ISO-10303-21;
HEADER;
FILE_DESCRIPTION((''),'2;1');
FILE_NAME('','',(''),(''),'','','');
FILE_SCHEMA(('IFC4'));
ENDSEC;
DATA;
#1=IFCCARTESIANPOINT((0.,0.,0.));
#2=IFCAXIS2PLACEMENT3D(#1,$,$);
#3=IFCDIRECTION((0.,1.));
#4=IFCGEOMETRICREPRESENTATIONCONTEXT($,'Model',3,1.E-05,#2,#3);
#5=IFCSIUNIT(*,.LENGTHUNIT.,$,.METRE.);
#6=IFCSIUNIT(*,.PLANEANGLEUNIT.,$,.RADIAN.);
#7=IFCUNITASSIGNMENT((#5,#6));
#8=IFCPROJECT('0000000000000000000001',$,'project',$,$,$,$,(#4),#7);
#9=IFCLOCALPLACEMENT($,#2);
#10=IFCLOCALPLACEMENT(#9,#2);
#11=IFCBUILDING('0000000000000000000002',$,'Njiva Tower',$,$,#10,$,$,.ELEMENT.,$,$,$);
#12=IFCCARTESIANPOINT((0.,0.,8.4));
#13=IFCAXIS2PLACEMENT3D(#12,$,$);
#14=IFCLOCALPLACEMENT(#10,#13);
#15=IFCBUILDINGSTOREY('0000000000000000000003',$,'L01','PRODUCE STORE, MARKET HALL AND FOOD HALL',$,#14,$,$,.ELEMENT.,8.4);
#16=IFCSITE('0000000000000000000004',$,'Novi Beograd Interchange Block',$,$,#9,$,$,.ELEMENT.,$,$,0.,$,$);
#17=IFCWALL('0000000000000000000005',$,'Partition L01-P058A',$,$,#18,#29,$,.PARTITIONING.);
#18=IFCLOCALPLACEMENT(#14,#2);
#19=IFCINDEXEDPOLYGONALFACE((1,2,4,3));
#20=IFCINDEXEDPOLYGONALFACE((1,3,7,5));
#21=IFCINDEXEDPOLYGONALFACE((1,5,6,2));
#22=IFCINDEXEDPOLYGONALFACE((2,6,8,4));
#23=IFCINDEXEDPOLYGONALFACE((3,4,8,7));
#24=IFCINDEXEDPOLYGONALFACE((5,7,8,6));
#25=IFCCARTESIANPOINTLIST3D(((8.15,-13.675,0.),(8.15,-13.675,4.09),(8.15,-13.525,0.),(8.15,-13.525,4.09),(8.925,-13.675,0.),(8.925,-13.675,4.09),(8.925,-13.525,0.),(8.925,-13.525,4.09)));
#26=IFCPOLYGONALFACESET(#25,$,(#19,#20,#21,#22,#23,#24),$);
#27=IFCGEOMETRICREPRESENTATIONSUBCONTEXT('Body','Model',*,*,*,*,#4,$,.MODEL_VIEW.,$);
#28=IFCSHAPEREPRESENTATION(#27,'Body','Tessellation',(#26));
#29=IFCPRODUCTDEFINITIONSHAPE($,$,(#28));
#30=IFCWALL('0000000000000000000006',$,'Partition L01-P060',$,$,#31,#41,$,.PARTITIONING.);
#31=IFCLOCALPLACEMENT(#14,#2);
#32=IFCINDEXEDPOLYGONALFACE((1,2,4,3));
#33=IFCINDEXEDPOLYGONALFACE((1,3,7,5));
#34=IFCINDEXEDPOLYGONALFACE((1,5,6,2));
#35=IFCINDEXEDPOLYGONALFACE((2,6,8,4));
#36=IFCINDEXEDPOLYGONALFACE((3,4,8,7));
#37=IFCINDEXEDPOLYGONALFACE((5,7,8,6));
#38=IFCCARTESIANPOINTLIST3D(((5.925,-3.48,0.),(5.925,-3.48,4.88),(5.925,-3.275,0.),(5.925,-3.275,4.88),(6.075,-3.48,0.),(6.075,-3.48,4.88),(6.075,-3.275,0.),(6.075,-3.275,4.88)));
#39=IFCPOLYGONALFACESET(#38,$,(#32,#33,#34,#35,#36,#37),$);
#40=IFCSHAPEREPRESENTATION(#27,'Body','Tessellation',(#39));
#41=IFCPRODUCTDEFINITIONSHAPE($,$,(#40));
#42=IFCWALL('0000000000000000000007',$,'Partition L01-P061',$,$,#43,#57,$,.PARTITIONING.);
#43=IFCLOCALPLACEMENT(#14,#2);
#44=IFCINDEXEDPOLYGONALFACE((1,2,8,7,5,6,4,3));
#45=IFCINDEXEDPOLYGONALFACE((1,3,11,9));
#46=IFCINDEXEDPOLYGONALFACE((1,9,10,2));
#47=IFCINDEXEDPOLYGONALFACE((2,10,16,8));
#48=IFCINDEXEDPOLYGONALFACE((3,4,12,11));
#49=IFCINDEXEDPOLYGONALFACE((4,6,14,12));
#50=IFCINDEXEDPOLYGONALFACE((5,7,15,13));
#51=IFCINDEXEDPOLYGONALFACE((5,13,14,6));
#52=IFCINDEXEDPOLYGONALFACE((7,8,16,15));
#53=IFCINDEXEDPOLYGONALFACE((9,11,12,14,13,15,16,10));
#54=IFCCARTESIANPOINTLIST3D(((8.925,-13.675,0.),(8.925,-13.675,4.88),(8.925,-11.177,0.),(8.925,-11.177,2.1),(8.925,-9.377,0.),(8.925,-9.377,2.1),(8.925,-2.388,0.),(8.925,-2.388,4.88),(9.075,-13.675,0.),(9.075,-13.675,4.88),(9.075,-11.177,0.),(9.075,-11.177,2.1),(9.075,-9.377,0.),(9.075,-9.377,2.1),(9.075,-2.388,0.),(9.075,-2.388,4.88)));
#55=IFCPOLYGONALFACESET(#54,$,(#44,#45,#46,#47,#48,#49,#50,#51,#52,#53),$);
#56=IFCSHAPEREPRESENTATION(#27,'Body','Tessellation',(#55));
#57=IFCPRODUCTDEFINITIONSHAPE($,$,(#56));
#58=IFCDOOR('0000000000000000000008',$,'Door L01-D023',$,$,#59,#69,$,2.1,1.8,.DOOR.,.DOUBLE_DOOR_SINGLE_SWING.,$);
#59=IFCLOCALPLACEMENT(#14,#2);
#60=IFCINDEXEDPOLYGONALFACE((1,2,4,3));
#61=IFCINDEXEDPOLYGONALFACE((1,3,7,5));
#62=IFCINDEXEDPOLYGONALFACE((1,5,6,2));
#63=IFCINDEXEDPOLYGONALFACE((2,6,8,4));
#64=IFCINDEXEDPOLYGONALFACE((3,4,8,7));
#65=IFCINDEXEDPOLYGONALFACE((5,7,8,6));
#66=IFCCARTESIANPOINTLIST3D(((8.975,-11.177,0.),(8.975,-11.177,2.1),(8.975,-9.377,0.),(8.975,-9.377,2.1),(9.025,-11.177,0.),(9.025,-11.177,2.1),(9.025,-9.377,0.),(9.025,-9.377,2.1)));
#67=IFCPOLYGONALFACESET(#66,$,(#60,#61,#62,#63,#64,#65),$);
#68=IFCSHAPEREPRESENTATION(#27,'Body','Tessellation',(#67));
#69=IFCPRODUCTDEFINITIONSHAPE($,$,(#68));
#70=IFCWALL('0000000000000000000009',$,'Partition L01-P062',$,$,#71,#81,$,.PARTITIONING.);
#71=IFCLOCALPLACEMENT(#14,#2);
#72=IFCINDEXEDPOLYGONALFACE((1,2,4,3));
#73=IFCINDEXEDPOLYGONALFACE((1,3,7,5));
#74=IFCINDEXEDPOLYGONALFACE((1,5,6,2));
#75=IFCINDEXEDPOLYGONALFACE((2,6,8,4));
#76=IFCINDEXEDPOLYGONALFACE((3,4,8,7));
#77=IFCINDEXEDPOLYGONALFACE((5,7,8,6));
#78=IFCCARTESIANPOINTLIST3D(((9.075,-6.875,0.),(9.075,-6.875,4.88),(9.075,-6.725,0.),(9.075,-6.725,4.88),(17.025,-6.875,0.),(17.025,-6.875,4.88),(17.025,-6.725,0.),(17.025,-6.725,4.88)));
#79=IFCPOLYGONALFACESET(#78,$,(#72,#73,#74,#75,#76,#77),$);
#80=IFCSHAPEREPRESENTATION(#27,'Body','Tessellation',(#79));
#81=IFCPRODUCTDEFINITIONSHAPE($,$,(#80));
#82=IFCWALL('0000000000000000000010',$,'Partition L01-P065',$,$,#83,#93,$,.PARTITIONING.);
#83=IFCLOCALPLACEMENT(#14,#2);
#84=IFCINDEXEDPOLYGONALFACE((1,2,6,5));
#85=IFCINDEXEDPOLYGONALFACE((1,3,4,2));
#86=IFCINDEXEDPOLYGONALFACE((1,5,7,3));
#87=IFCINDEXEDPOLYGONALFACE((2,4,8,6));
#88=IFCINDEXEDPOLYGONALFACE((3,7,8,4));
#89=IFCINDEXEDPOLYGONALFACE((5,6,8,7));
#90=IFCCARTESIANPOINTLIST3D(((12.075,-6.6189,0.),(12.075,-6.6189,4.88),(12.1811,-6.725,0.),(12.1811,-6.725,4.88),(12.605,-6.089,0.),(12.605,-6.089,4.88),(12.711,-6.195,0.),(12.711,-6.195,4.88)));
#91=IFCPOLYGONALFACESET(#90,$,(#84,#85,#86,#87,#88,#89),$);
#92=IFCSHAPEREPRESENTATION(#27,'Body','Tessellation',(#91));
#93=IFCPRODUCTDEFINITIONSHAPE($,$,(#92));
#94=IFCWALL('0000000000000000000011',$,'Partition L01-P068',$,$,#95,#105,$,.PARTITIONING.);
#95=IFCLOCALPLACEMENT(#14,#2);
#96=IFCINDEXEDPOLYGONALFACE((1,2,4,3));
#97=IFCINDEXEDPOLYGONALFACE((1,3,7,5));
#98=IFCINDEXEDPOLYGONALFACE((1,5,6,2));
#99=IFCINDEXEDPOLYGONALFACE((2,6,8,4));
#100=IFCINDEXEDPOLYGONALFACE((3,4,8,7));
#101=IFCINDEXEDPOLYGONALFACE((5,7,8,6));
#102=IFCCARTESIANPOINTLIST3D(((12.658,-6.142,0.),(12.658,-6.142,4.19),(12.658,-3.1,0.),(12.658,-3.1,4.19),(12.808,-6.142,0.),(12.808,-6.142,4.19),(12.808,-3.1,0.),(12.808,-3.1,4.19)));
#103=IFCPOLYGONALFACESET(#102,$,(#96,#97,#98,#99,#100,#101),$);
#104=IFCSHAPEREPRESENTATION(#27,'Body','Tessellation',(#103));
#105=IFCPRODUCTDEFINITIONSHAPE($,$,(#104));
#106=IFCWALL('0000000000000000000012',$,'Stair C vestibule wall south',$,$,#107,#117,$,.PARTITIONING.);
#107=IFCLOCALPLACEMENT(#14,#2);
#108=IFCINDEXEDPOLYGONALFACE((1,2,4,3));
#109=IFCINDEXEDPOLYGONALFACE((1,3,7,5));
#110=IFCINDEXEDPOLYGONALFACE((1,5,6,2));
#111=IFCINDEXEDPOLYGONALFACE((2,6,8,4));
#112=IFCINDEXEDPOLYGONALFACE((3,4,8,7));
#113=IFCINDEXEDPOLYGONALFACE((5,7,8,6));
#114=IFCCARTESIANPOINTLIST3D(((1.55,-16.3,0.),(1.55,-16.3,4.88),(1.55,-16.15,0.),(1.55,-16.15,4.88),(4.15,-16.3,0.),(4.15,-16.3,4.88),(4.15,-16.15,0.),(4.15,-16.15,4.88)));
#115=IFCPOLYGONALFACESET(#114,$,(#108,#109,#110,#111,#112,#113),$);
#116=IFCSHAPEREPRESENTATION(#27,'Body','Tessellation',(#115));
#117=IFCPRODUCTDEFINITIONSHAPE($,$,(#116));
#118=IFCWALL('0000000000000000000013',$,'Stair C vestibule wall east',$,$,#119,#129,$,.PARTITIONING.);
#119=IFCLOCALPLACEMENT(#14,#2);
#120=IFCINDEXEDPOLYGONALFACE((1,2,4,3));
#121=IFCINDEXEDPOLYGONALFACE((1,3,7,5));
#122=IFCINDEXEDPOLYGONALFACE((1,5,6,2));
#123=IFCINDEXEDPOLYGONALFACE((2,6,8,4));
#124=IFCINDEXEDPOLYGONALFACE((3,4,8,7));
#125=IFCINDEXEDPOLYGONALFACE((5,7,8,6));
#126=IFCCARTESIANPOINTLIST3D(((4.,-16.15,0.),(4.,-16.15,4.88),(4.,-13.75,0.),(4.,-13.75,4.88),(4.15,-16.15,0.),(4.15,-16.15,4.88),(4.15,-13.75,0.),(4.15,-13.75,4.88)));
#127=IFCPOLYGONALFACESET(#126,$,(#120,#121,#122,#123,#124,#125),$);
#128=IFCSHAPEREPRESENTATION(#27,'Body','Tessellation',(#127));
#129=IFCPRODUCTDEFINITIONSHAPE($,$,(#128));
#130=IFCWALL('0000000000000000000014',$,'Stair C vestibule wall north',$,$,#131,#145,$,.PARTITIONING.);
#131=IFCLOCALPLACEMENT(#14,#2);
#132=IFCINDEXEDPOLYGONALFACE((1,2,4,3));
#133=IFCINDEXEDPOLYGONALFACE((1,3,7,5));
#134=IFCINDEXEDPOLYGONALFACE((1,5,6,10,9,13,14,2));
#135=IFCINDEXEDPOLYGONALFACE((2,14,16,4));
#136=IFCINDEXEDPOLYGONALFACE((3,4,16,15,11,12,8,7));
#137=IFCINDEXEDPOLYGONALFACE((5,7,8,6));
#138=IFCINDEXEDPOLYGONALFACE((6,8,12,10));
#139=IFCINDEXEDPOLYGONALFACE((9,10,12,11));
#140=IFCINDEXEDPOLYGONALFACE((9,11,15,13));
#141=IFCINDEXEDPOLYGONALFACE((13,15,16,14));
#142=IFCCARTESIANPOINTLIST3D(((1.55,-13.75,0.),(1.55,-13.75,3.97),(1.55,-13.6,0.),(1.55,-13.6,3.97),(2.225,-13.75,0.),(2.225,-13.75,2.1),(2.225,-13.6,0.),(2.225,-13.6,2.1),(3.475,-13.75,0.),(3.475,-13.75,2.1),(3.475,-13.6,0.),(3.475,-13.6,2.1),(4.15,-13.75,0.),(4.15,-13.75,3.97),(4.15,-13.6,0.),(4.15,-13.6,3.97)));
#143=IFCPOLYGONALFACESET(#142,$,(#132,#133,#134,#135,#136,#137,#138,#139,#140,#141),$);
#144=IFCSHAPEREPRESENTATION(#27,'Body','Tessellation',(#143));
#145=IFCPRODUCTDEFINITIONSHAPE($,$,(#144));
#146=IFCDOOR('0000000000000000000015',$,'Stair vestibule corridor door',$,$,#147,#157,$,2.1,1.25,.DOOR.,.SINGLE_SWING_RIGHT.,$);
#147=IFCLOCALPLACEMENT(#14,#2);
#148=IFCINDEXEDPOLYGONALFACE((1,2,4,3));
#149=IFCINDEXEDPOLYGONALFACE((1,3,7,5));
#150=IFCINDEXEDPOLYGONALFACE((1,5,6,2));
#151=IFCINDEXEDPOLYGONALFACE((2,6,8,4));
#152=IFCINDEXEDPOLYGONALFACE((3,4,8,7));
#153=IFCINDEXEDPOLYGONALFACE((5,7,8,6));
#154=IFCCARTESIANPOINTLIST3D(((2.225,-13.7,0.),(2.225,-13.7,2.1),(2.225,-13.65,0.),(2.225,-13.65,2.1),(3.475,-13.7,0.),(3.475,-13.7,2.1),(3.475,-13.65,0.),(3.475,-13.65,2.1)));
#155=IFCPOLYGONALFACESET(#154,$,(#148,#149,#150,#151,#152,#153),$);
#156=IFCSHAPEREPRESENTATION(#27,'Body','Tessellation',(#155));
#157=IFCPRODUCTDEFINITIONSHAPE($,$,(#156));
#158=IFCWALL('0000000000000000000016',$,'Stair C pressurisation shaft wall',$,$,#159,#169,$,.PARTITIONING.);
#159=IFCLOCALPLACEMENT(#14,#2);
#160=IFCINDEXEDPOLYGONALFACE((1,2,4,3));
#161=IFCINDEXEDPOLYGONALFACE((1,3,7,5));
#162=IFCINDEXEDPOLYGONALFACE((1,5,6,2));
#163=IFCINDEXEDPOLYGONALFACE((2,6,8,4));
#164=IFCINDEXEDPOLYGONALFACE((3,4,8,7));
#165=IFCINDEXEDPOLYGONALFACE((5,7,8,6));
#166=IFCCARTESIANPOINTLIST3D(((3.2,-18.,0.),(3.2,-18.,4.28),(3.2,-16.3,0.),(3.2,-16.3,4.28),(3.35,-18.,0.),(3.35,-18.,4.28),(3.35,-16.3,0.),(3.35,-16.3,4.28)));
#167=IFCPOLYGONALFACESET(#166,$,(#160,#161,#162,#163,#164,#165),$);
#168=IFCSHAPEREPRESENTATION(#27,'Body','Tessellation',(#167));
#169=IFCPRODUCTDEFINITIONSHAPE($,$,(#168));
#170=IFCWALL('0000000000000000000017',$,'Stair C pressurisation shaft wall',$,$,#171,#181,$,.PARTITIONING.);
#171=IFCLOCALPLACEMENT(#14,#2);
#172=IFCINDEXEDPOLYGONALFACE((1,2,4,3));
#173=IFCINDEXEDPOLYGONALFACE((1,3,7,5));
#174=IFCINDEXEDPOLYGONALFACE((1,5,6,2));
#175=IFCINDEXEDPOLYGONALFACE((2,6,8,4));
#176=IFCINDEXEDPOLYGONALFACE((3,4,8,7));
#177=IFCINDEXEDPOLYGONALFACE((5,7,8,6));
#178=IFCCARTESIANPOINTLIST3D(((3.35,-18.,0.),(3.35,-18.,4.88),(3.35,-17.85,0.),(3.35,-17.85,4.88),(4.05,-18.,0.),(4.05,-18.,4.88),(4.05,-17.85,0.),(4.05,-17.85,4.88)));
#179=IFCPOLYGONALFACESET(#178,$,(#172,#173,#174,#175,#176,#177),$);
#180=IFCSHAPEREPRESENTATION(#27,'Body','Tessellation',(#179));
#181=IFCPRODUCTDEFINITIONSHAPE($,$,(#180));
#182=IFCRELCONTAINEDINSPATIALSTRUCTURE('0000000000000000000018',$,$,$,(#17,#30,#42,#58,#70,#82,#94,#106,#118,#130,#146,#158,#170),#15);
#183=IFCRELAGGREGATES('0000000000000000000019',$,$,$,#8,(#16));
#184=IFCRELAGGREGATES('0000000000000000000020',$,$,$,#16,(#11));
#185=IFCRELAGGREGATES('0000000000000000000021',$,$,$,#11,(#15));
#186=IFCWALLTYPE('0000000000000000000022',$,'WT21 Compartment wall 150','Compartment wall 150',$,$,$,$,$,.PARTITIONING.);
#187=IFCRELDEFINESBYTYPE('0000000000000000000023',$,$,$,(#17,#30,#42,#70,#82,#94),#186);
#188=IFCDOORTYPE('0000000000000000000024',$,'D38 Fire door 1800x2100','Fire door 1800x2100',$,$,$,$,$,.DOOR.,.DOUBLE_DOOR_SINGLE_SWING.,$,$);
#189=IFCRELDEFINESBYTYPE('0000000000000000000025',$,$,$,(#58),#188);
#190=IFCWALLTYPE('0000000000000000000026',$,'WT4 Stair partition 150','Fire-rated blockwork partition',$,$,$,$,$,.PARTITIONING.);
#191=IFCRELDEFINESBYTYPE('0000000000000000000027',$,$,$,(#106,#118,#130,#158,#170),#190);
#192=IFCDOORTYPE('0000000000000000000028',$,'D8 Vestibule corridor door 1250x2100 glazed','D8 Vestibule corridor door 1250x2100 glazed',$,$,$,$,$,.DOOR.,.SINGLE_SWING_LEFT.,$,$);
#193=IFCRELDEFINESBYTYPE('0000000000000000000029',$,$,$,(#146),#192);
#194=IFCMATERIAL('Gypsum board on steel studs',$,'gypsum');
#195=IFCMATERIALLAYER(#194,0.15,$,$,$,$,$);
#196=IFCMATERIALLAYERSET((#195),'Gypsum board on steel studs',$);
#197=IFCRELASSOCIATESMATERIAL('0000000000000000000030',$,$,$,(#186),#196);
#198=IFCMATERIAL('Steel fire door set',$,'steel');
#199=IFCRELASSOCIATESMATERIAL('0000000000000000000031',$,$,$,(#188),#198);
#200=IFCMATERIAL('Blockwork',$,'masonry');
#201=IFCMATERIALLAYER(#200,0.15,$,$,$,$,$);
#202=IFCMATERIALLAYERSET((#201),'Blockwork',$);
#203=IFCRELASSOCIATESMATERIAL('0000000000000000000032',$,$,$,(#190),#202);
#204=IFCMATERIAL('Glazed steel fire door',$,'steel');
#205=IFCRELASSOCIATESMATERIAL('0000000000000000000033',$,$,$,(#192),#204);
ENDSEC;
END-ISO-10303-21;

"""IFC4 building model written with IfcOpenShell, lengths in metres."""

from ifc_helpers import new_model, si_unit, direction, frame, frame_2d, origin, place, context, subcontext, project, spatial, rectangle, extrude, material, layer, layer_set, type_object, element, fill, save


model = new_model("IFC4")

# Units and contexts
model_context = context("Model", 3, precision=1e-05, world=origin(), true_north=direction((0.0, 1.0)))
body_context = subcontext(model_context, "Body", "Model", "MODEL_VIEW")
ifc_project = project(units=[si_unit("LENGTHUNIT", "METRE"), si_unit("PLANEANGLEUNIT", "RADIAN")], contexts=[model_context])

# Site, building, storey
site_placement = place(None, origin())
site = spatial("IfcSite", under=ifc_project, at=site_placement, Name="Novi Beograd Interchange Block", CompositionType="ELEMENT", RefElevation=0.0)
building_placement = place(site_placement, origin())
building = spatial("IfcBuilding", under=site, at=building_placement, Name="Njiva Tower", CompositionType="ELEMENT")
storey_placement = place(building_placement, frame((0.0, 0.0, 8.4)))
storey = spatial("IfcBuildingStorey", under=building, at=storey_placement, Name="L01", Description="PRODUCE STORE, MARKET HALL AND FOOD HALL", CompositionType="ELEMENT", Elevation=8.4)

# Walls
ifc_material_1 = material(Name="Gypsum board on steel studs", Category="gypsum")
ifc_layer_1 = layer(ifc_material_1, 0.15)
ifc_layer_set_1 = layer_set([ifc_layer_1], Name="Gypsum board on steel studs")
wall_type_1 = type_object("IfcWallType", Name="WT21 Compartment wall 150", Description="Compartment wall 150", PredefinedType="PARTITIONING", material=ifc_layer_set_1)
wall_1_placement = place(storey_placement, frame((8.15, -13.6, 0.0), z_axis=(0.0, 0.0, 1.0), x_axis=(1.0, 0.0, 0.0)))
element("IfcWall", 1, at=wall_1_placement, inside=storey, type_object=wall_type_1, Name="Partition L01-P058A", PredefinedType="PARTITIONING", context=body_context, shape_type="SweptSolid", body=[
    extrude(rectangle(XDim=0.775, YDim=0.15, at=frame_2d((0.3875, 0.0))), origin(), (0.0, 0.0, 1.0), 4.09),
])
wall_2_placement = place(storey_placement, frame((6.0, -3.48, 0.0), z_axis=(0.0, 0.0, 1.0), x_axis=(0.0, 1.0, 0.0)))
element("IfcWall", 2, at=wall_2_placement, inside=storey, type_object=wall_type_1, Name="Partition L01-P060", PredefinedType="PARTITIONING", context=body_context, shape_type="SweptSolid", body=[
    extrude(rectangle(XDim=0.205, YDim=0.15, at=frame_2d((0.1025, 0.0))), origin(), (0.0, 0.0, 1.0), 4.88),
])

# Wall, opening, door
wall_3_placement = place(storey_placement, frame((9.0, -13.675, 0.0), z_axis=(0.0, 0.0, 1.0), x_axis=(0.0, 1.0, 0.0)))
wall_3 = element("IfcWall", 3, at=wall_3_placement, inside=storey, type_object=wall_type_1, Name="Partition L01-P061", PredefinedType="PARTITIONING", context=body_context, shape_type="SweptSolid", body=[
    extrude(rectangle(XDim=11.287, YDim=0.15, at=frame_2d((5.6435, 0.0))), origin(), (0.0, 0.0, 1.0), 4.88),
])
opening_1_placement = place(wall_3_placement, frame((2.498, 0.0, 0.0)))
opening_1 = element("IfcOpeningElement", 4, at=opening_1_placement, cuts=wall_3, PredefinedType="OPENING", context=body_context, shape_type="SweptSolid", body=[
    extrude(rectangle(XDim=1.8, YDim=2.1, at=frame_2d((0.9, 1.05))), frame((0.0, 0.085, 0.0), z_axis=(0.0, -1.0, 0.0), x_axis=(1.0, 0.0, 0.0)), (0.0, 0.0, 1.0), 0.17),
])
ifc_material_2 = material(Name="Steel fire door set", Category="steel")
door_type_1 = type_object("IfcDoorType", Name="D38 Fire door 1800x2100", Description="Fire door 1800x2100", OperationType="DOUBLE_DOOR_SINGLE_SWING", PredefinedType="DOOR", material=ifc_material_2)
door_1_placement = place(opening_1_placement, origin())
door_1 = element("IfcDoor", 5, at=door_1_placement, inside=storey, type_object=door_type_1, Name="Door L01-D023", OperationType="DOUBLE_DOOR_SINGLE_SWING", OverallHeight=2.1, OverallWidth=1.8, PredefinedType="DOOR", context=body_context, shape_type="SweptSolid", body=[
    extrude(rectangle(XDim=1.8, YDim=2.1, at=frame_2d((0.9, 1.05))), frame((0.0, 0.025, 0.0), z_axis=(0.0, -1.0, 0.0), x_axis=(1.0, 0.0, 0.0)), (0.0, 0.0, 1.0), 0.05),
])
fill(opening_1, door_1)

# Walls
wall_4_placement = place(storey_placement, frame((9.075, -6.8, 0.0), z_axis=(0.0, 0.0, 1.0), x_axis=(1.0, 0.0, 0.0)))
element("IfcWall", 6, at=wall_4_placement, inside=storey, type_object=wall_type_1, Name="Partition L01-P062", PredefinedType="PARTITIONING", context=body_context, shape_type="SweptSolid", body=[
    extrude(rectangle(XDim=7.95, YDim=0.15, at=frame_2d((3.975, 0.0))), origin(), (0.0, 0.0, 1.0), 4.88),
])
wall_5_placement = place(storey_placement, frame((12.128, -6.672, 0.0), z_axis=(0.0, 0.0, 1.0), x_axis=(0.707107, 0.707107, 0.0)))
element("IfcWall", 7, at=wall_5_placement, inside=storey, type_object=wall_type_1, Name="Partition L01-P065", PredefinedType="PARTITIONING", context=body_context, shape_type="SweptSolid", body=[
    extrude(rectangle(XDim=0.7495, YDim=0.15, at=frame_2d((0.3748, 0.0))), origin(), (0.0, 0.0, 1.0), 4.88),
])
wall_6_placement = place(storey_placement, frame((12.733, -6.142, 0.0), z_axis=(0.0, 0.0, 1.0), x_axis=(0.0, 1.0, 0.0)))
element("IfcWall", 8, at=wall_6_placement, inside=storey, type_object=wall_type_1, Name="Partition L01-P068", PredefinedType="PARTITIONING", context=body_context, shape_type="SweptSolid", body=[
    extrude(rectangle(XDim=3.042, YDim=0.15, at=frame_2d((1.521, 0.0))), origin(), (0.0, 0.0, 1.0), 4.19),
])
ifc_material_3 = material(Name="Blockwork", Category="masonry")
ifc_layer_2 = layer(ifc_material_3, 0.15)
ifc_layer_set_2 = layer_set([ifc_layer_2], Name="Blockwork")
wall_type_2 = type_object("IfcWallType", Name="WT4 Stair partition 150", Description="Fire-rated blockwork partition", PredefinedType="PARTITIONING", material=ifc_layer_set_2)
wall_7_placement = place(storey_placement, frame((1.55, -16.225, 0.0), z_axis=(0.0, 0.0, 1.0), x_axis=(1.0, 0.0, 0.0)))
element("IfcWall", 9, at=wall_7_placement, inside=storey, type_object=wall_type_2, Name="Stair C vestibule wall south", PredefinedType="PARTITIONING", context=body_context, shape_type="SweptSolid", body=[
    extrude(rectangle(XDim=2.6, YDim=0.15, at=frame_2d((1.3, 0.0))), origin(), (0.0, 0.0, 1.0), 4.88),
])
wall_8_placement = place(storey_placement, frame((4.075, -16.15, 0.0), z_axis=(0.0, 0.0, 1.0), x_axis=(0.0, 1.0, 0.0)))
element("IfcWall", 10, at=wall_8_placement, inside=storey, type_object=wall_type_2, Name="Stair C vestibule wall east", PredefinedType="PARTITIONING", context=body_context, shape_type="SweptSolid", body=[
    extrude(rectangle(XDim=2.4, YDim=0.15, at=frame_2d((1.2, 0.0))), origin(), (0.0, 0.0, 1.0), 4.88),
])

# Wall, opening, door
wall_9_placement = place(storey_placement, frame((1.55, -13.675, 0.0), z_axis=(0.0, 0.0, 1.0), x_axis=(1.0, 0.0, 0.0)))
wall_9 = element("IfcWall", 11, at=wall_9_placement, inside=storey, type_object=wall_type_2, Name="Stair C vestibule wall north", PredefinedType="PARTITIONING", context=body_context, shape_type="SweptSolid", body=[
    extrude(rectangle(XDim=2.6, YDim=0.15, at=frame_2d((1.3, 0.0))), origin(), (0.0, 0.0, 1.0), 3.97),
])
opening_2_placement = place(wall_9_placement, frame((0.675, 0.0, 0.0)))
opening_2 = element("IfcOpeningElement", 12, at=opening_2_placement, cuts=wall_9, PredefinedType="OPENING", context=body_context, shape_type="SweptSolid", body=[
    extrude(rectangle(XDim=1.25, YDim=2.1, at=frame_2d((0.625, 1.05))), frame((0.0, 0.085, 0.0), z_axis=(0.0, -1.0, 0.0), x_axis=(1.0, 0.0, 0.0)), (0.0, 0.0, 1.0), 0.17),
])
ifc_material_4 = material(Name="Glazed steel fire door", Category="steel")
door_type_2 = type_object("IfcDoorType", Name="D8 Vestibule corridor door 1250x2100 glazed", Description="D8 Vestibule corridor door 1250x2100 glazed", OperationType="SINGLE_SWING_LEFT", PredefinedType="DOOR", material=ifc_material_4)
door_2_placement = place(opening_2_placement, origin())
door_2 = element("IfcDoor", 13, at=door_2_placement, inside=storey, type_object=door_type_2, Name="Stair vestibule corridor door", OperationType="SINGLE_SWING_RIGHT", OverallHeight=2.1, OverallWidth=1.25, PredefinedType="DOOR", context=body_context, shape_type="SweptSolid", body=[
    extrude(rectangle(XDim=1.25, YDim=2.1, at=frame_2d((0.625, 1.05))), frame((0.0, 0.025, 0.0), z_axis=(0.0, -1.0, 0.0), x_axis=(1.0, 0.0, 0.0)), (0.0, 0.0, 1.0), 0.05),
])
fill(opening_2, door_2)

# Walls
wall_10_placement = place(storey_placement, frame((3.275, -18.0, 0.0), z_axis=(0.0, 0.0, 1.0), x_axis=(0.0, 1.0, 0.0)))
element("IfcWall", 14, at=wall_10_placement, inside=storey, type_object=wall_type_2, Name="Stair C pressurisation shaft wall", PredefinedType="PARTITIONING", context=body_context, shape_type="SweptSolid", body=[
    extrude(rectangle(XDim=1.7, YDim=0.15, at=frame_2d((0.85, 0.0))), origin(), (0.0, 0.0, 1.0), 4.28),
])
wall_11_placement = place(storey_placement, frame((3.35, -17.925, 0.0), z_axis=(0.0, 0.0, 1.0), x_axis=(1.0, 0.0, 0.0)))
element("IfcWall", 15, at=wall_11_placement, inside=storey, type_object=wall_type_2, Name="Stair C pressurisation shaft wall", PredefinedType="PARTITIONING", context=body_context, shape_type="SweptSolid", body=[
    extrude(rectangle(XDim=0.7, YDim=0.15, at=frame_2d((0.35, 0.0))), origin(), (0.0, 0.0, 1.0), 4.88),
])

save(model, "model.ifc")
